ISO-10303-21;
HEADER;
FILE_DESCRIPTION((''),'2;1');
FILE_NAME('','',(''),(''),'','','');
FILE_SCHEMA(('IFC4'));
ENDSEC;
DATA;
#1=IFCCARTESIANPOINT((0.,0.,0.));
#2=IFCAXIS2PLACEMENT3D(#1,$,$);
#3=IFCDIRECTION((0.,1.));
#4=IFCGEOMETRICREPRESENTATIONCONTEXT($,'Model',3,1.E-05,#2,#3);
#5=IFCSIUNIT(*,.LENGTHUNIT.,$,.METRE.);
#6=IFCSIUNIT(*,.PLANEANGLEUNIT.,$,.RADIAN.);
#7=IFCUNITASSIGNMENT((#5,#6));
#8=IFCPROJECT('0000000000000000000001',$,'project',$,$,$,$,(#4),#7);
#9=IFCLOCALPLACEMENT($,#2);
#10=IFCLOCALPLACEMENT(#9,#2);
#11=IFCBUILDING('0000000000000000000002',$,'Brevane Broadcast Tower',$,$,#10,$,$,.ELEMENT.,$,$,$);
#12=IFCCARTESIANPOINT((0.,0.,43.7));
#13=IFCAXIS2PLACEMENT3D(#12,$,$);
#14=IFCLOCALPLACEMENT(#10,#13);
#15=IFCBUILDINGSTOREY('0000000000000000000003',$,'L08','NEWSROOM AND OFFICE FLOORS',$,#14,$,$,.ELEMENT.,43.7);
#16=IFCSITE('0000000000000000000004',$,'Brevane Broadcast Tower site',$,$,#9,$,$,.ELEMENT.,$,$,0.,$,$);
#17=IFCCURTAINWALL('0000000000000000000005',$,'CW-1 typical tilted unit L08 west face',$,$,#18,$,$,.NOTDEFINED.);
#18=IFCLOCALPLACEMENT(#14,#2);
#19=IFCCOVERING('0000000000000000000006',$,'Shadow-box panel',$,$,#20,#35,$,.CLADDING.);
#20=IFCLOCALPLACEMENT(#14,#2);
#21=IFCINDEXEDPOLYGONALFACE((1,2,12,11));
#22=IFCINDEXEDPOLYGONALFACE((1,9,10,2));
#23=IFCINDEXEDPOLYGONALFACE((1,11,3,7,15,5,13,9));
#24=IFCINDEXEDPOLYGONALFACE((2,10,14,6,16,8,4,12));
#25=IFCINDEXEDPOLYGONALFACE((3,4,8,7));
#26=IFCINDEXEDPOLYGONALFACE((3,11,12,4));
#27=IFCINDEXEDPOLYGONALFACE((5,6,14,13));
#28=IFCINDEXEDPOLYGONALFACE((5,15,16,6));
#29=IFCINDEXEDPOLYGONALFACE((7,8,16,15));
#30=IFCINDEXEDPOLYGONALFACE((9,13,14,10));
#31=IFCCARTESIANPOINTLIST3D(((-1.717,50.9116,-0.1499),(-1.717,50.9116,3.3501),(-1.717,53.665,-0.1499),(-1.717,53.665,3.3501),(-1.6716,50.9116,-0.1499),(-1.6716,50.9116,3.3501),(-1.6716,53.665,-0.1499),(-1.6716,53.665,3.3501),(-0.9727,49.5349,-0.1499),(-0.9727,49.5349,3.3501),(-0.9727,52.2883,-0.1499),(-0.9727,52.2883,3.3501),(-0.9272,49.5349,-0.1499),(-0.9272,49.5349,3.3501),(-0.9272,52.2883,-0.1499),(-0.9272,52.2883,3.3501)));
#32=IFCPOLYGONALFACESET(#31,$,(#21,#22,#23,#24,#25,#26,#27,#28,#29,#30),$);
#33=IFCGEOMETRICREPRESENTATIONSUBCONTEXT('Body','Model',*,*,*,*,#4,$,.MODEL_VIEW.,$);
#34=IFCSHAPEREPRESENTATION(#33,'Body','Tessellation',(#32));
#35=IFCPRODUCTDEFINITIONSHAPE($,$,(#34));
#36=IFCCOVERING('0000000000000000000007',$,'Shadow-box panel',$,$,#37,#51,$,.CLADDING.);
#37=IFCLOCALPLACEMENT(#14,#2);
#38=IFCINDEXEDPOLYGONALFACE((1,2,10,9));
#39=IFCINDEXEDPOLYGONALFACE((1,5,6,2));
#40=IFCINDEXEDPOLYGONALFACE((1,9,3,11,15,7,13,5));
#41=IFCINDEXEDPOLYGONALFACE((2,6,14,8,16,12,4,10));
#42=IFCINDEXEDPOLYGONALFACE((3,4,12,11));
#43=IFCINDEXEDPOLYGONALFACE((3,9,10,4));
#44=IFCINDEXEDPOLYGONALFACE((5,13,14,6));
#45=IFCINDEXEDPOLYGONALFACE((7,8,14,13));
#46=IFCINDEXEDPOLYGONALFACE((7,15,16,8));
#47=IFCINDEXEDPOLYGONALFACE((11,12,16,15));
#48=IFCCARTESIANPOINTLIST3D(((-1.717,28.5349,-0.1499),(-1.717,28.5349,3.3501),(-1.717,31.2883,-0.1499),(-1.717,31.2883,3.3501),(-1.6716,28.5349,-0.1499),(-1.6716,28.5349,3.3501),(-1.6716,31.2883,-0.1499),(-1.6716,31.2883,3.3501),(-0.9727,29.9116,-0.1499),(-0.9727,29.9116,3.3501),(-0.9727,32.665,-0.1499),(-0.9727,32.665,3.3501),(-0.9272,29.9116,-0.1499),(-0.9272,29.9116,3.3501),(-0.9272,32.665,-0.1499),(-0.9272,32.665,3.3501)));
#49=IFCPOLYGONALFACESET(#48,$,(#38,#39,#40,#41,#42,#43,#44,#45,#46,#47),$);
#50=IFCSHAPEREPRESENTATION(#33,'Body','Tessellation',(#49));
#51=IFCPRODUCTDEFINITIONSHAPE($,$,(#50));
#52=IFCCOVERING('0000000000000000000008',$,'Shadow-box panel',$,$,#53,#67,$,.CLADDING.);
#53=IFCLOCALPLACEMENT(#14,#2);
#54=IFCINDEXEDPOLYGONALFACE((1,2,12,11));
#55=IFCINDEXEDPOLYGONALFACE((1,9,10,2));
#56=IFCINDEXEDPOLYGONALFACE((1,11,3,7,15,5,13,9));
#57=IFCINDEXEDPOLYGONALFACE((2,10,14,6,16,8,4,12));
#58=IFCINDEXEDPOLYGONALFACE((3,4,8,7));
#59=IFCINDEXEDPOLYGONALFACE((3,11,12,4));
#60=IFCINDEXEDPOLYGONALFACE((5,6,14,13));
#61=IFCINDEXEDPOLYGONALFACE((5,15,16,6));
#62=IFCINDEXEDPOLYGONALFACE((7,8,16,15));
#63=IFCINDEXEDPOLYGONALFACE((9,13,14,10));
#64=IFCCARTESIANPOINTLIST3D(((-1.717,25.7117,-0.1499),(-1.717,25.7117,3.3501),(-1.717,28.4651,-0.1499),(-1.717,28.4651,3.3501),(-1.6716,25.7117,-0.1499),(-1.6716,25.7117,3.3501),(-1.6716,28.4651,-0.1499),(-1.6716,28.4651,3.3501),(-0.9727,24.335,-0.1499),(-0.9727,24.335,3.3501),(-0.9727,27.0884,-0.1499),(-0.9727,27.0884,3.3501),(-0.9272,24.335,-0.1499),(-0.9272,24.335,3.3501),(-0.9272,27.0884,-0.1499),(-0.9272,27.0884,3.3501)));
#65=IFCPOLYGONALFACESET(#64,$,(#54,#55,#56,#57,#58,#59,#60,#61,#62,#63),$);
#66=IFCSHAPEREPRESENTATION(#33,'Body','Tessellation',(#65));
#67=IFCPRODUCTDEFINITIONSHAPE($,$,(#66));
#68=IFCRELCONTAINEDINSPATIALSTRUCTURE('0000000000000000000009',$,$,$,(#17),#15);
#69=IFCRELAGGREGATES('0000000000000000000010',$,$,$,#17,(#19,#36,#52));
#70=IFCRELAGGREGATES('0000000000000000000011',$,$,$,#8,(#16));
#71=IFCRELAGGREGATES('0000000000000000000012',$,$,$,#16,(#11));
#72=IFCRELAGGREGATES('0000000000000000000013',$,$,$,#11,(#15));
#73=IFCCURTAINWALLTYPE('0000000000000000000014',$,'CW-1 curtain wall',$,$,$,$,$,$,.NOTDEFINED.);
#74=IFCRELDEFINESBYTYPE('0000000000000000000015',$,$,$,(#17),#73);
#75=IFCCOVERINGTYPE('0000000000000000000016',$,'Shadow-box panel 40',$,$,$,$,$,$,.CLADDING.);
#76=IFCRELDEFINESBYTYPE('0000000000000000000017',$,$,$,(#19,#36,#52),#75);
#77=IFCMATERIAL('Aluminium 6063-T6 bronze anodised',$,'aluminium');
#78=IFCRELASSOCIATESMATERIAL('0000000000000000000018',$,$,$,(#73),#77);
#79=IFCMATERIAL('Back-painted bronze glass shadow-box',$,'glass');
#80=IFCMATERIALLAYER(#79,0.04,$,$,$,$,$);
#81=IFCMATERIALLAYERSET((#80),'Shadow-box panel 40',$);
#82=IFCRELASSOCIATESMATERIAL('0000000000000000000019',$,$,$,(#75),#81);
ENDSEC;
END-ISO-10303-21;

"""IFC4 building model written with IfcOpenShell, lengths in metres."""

from ifc_helpers import new_model, si_unit, direction, frame, origin, place, context, subcontext, project, spatial, polyline, outline, extrude, material, layer, layer_set, type_object, element, aggregate, save


model = new_model("IFC4")

# Units and contexts
model_context = context("Model", 3, precision=1e-05, world=origin(), true_north=direction((0.0, 1.0)))
body_context = subcontext(model_context, "Body", "Model", "MODEL_VIEW")
ifc_project = project(units=[si_unit("LENGTHUNIT", "METRE"), si_unit("PLANEANGLEUNIT", "RADIAN")], contexts=[model_context])

# Site, building, storey
site_placement = place(None, origin())
site = spatial("IfcSite", under=ifc_project, at=site_placement, Name="Brevane Broadcast Tower site", CompositionType="ELEMENT", RefElevation=0.0)
building_placement = place(site_placement, origin())
building = spatial("IfcBuilding", under=site, at=building_placement, Name="Brevane Broadcast Tower", CompositionType="ELEMENT")
storey_placement = place(building_placement, frame((0.0, 0.0, 43.7)))
storey = spatial("IfcBuildingStorey", under=building, at=storey_placement, Name="L08", Description="NEWSROOM AND OFFICE FLOORS", CompositionType="ELEMENT", Elevation=43.7)

# Curtain wall
ifc_material_1 = material(Name="Aluminium 6063-T6 bronze anodised", Category="aluminium")
curtain_wall_type = type_object("IfcCurtainWallType", Name="CW-1 curtain wall", PredefinedType="NOTDEFINED", material=ifc_material_1)
curtain_wall_1_placement = place(storey_placement, origin())
curtain_wall_1 = element("IfcCurtainWall", 1, at=curtain_wall_1_placement, inside=storey, type_object=curtain_wall_type, Name="CW-1 typical tilted unit L08 west face", PredefinedType="NOTDEFINED")

# Coverings
ifc_material_2 = material(Name="Back-painted bronze glass shadow-box", Category="glass")
ifc_layer_1 = layer(ifc_material_2, 0.04)
ifc_layer_set_1 = layer_set([ifc_layer_1], Name="Shadow-box panel 40")
covering_type = type_object("IfcCoveringType", Name="Shadow-box panel 40", PredefinedType="CLADDING", material=ifc_layer_set_1)
covering_1_placement = place(storey_placement, frame((0.0, 0.0, -0.1499)))
covering_1 = element("IfcCovering", 2, at=covering_1_placement, type_object=covering_type, Name="Shadow-box panel", PredefinedType="CLADDING", context=body_context, shape_type="SweptSolid", body=[
    extrude(outline(polyline([(-1.6716, 53.665), (-1.717, 53.665), (-0.9727, 52.2883), (-1.717, 50.9116), (-0.9727, 49.5349), (-0.9272, 49.5349), (-1.6716, 50.9116), (-0.9272, 52.2883), (-1.6716, 53.665)])), origin(), (0.0, 0.0, 1.0), 3.5),
])
covering_2_placement = place(storey_placement, frame((0.0, 0.0, -0.1499)))
covering_2 = element("IfcCovering", 3, at=covering_2_placement, type_object=covering_type, Name="Shadow-box panel", PredefinedType="CLADDING", context=body_context, shape_type="SweptSolid", body=[
    extrude(outline(polyline([(-0.9272, 32.665), (-0.9727, 32.665), (-1.717, 31.2883), (-0.9727, 29.9116), (-1.717, 28.5349), (-1.6716, 28.5349), (-0.9272, 29.9116), (-1.6716, 31.2883), (-0.9272, 32.665)])), origin(), (0.0, 0.0, 1.0), 3.5),
])
covering_3_placement = place(storey_placement, frame((0.0, 0.0, -0.1499)))
covering_3 = element("IfcCovering", 4, at=covering_3_placement, type_object=covering_type, Name="Shadow-box panel", PredefinedType="CLADDING", context=body_context, shape_type="SweptSolid", body=[
    extrude(outline(polyline([(-1.6716, 28.4651), (-1.717, 28.4651), (-0.9727, 27.0884), (-1.717, 25.7117), (-0.9727, 24.335), (-0.9272, 24.335), (-1.6716, 25.7117), (-0.9272, 27.0884), (-1.6716, 28.4651)])), origin(), (0.0, 0.0, 1.0), 3.5),
])
aggregate(curtain_wall_1, [covering_1, covering_2, covering_3])

save(model, "model.ifc")
